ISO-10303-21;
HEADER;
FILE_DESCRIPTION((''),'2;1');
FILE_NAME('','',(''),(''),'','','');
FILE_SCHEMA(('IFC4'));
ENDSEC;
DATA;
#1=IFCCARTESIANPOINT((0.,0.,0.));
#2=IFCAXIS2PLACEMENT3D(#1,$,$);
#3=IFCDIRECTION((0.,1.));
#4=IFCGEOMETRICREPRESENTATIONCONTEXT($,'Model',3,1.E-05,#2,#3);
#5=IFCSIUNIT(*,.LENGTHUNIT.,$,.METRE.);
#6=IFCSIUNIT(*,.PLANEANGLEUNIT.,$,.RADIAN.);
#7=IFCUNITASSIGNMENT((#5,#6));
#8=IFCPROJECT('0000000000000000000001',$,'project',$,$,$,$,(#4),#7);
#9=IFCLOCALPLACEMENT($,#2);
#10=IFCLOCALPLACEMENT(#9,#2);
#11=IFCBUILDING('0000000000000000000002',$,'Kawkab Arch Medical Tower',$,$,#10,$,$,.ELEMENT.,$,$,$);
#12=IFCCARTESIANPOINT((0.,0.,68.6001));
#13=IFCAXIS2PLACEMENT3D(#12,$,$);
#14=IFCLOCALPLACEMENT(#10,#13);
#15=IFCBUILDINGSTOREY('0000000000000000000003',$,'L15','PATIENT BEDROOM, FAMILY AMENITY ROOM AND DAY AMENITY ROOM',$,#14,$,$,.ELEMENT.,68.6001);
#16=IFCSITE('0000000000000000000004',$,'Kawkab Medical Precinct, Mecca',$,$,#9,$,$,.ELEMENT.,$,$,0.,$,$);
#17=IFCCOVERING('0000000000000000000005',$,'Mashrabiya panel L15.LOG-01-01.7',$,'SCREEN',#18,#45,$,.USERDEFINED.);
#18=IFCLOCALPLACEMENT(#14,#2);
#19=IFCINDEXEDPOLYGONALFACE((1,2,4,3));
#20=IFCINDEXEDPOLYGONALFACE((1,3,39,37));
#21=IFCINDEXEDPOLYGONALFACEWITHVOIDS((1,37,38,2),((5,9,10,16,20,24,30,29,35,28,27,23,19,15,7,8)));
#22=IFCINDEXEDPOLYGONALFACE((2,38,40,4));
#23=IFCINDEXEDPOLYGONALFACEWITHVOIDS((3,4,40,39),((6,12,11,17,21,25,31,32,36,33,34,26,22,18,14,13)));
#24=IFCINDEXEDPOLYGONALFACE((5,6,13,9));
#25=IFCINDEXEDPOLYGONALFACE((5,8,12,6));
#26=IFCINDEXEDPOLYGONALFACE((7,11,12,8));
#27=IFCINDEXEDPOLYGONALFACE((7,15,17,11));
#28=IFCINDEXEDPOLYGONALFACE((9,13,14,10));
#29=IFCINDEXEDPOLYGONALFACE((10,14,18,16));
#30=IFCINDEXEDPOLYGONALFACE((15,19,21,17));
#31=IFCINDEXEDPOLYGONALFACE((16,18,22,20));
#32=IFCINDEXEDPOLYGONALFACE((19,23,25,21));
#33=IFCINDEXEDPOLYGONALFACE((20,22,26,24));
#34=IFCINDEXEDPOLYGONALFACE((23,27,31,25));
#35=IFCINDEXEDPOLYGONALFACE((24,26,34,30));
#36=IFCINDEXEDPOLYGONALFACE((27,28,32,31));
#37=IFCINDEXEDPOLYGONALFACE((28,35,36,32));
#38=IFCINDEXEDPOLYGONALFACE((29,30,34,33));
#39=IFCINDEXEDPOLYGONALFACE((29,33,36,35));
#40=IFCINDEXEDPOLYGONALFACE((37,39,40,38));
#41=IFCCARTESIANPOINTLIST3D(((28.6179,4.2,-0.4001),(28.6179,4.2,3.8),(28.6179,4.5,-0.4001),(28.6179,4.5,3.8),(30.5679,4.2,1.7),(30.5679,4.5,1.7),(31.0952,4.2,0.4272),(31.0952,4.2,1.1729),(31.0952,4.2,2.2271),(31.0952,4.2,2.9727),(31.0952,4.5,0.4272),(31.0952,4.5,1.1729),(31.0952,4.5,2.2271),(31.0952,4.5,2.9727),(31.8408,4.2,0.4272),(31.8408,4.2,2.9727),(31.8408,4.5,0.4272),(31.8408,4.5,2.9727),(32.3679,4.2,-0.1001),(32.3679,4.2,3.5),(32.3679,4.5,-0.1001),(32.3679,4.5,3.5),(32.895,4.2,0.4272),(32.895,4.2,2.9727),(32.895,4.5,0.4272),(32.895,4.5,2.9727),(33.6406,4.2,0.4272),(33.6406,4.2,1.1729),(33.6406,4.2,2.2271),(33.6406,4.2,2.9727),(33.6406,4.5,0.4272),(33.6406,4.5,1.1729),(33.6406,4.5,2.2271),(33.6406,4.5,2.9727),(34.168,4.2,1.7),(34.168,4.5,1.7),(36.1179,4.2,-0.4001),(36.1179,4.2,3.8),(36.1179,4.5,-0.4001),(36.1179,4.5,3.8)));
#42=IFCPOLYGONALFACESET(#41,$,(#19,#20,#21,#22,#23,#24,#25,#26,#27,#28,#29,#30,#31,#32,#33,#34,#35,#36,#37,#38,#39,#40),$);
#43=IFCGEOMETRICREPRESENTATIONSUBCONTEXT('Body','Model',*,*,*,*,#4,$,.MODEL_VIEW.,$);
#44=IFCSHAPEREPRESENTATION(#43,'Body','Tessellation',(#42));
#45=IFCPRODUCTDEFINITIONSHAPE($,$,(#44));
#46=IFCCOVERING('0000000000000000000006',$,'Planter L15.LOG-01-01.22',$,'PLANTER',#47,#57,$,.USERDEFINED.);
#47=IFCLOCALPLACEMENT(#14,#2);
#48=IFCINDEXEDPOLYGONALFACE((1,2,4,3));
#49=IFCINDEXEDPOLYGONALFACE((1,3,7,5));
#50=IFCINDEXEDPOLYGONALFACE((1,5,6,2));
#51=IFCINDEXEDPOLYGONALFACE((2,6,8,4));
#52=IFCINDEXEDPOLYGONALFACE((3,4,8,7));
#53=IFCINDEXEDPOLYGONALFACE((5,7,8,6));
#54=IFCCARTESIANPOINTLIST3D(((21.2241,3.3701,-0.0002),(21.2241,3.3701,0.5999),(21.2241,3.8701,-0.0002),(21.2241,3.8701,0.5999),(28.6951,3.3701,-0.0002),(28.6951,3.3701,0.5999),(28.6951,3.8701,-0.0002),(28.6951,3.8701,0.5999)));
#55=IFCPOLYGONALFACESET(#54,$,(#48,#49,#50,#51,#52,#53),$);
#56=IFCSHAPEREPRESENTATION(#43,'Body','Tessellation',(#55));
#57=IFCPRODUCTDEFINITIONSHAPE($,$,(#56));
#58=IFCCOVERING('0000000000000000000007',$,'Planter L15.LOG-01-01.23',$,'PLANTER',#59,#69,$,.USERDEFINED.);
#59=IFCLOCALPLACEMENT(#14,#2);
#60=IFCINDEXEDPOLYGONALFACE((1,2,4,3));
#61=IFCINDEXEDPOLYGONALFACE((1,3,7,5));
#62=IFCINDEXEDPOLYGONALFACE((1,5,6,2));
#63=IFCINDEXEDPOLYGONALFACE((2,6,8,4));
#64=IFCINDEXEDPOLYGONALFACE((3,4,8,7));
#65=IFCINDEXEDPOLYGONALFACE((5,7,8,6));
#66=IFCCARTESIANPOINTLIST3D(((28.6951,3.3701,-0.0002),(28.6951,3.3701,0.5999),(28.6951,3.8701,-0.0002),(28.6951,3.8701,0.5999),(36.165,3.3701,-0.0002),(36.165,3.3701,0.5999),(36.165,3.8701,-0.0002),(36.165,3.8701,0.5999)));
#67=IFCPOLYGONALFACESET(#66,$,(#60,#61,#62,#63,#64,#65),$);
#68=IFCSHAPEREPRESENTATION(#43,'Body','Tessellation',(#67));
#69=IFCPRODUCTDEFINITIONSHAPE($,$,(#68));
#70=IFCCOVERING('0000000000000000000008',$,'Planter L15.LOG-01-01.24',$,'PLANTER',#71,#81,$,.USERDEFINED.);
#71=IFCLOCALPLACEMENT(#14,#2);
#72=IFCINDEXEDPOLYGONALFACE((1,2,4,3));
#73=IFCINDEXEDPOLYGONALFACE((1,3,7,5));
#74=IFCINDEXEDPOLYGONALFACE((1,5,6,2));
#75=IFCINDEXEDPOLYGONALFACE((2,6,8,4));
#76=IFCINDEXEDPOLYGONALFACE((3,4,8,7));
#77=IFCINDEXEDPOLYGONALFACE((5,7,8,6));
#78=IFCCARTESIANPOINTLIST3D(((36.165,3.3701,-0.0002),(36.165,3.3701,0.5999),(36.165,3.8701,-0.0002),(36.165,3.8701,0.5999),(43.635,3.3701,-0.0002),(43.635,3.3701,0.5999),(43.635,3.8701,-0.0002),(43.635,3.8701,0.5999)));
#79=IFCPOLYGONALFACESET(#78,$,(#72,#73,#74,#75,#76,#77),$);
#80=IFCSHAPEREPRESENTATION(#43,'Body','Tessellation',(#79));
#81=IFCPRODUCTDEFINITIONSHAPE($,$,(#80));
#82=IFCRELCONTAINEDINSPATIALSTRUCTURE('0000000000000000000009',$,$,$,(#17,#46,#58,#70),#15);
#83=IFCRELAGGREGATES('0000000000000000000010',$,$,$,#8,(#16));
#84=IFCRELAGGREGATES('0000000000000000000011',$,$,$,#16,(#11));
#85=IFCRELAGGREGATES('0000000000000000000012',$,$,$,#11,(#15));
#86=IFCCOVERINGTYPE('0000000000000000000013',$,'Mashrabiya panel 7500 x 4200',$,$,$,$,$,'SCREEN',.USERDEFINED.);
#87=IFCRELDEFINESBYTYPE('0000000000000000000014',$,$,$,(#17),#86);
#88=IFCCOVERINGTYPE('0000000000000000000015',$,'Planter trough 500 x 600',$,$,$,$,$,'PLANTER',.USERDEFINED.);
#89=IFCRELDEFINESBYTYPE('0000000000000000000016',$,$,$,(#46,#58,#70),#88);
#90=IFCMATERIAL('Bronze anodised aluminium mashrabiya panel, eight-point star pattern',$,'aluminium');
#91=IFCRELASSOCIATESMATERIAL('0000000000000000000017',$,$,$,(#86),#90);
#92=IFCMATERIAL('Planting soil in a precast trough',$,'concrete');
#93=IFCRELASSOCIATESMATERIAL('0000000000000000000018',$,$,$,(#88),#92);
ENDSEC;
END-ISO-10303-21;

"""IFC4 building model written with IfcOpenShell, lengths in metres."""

from ifc_helpers import new_model, si_unit, direction, frame, origin, origin_2d, place, context, subcontext, project, spatial, polyline, rectangle, outline, extrude, material, material_profile, profile_set, type_object, element, save


model = new_model("IFC4")

# Units and contexts
model_context = context("Model", 3, precision=1e-05, world=origin(), true_north=direction((0.0, 1.0)))
body_context = subcontext(model_context, "Body", "Model", "MODEL_VIEW")
ifc_project = project(units=[si_unit("LENGTHUNIT", "METRE"), si_unit("PLANEANGLEUNIT", "RADIAN")], contexts=[model_context])

# Site, building, storey
site_placement = place(None, origin())
site = spatial("IfcSite", under=ifc_project, at=site_placement, Name="Kawkab Medical Precinct, Mecca", CompositionType="ELEMENT", RefElevation=0.0)
building_placement = place(site_placement, origin())
building = spatial("IfcBuilding", under=site, at=building_placement, Name="Kawkab Arch Medical Tower", CompositionType="ELEMENT")
storey_placement = place(building_placement, frame((0.0, 0.0, 68.6001)))
storey = spatial("IfcBuildingStorey", under=building, at=storey_placement, Name="L15", Description="PATIENT BEDROOM, FAMILY AMENITY ROOM AND DAY AMENITY ROOM", CompositionType="ELEMENT", Elevation=68.6001)

# Coverings
ifc_material_1 = material(Name="Bronze anodised aluminium mashrabiya panel, eight-point star pattern", Category="aluminium")
ifc_material_profile_1 = material_profile(ifc_material_1, outline(polyline([(-3.75, -2.1001), (3.75, -2.1001), (3.75, 2.1001), (-3.75, 2.1001), (-3.75, -2.1001)]), holes=[polyline([(1.8, 0.0), (1.2727, 0.5271), (1.2727, 1.2727), (0.5271, 1.2727), (0.0, 1.8), (-0.5271, 1.2727), (-1.2727, 1.2727), (-1.2727, 0.5271), (-1.8, 0.0), (-1.2727, -0.5271), (-1.2727, -1.2727), (-0.5271, -1.2727), (0.0, -1.8), (0.5271, -1.2727), (1.2727, -1.2727), (1.2727, -0.5271), (1.8, 0.0)])]), Name="Mashrabiya panel 7500x4200")
ifc_profile_set_1 = profile_set([ifc_material_profile_1], Name="Bronze anodised aluminium mashrabiya panel, eight-point star pattern")
covering_type_1 = type_object("IfcCoveringType", Name="Mashrabiya panel 7500 x 4200", ElementType="SCREEN", PredefinedType="USERDEFINED", material=ifc_profile_set_1)
covering_1_placement = place(storey_placement, frame((32.3679, 4.2, 1.7), z_axis=(0.0, 1.0, 0.0), x_axis=(-1.0, 0.0, 0.0)))
element("IfcCovering", 1, at=covering_1_placement, inside=storey, type_object=covering_type_1, Name="Mashrabiya panel L15.LOG-01-01.7", ObjectType="SCREEN", PredefinedType="USERDEFINED", context=body_context, shape_type="SweptSolid", body=[
    extrude(outline(polyline([(-3.75, -2.1001), (3.75, -2.1001), (3.75, 2.1001), (-3.75, 2.1001), (-3.75, -2.1001)]), holes=[polyline([(1.8, 0.0), (1.2727, 0.5271), (1.2727, 1.2727), (0.5271, 1.2727), (0.0, 1.8), (-0.5271, 1.2727), (-1.2727, 1.2727), (-1.2727, 0.5271), (-1.8, 0.0), (-1.2727, -0.5271), (-1.2727, -1.2727), (-0.5271, -1.2727), (0.0, -1.8), (0.5271, -1.2727), (1.2727, -1.2727), (1.2727, -0.5271), (1.8, 0.0)])]), origin(), (0.0, 0.0, 1.0), 0.3),
])
ifc_material_2 = material(Name="Planting soil in a precast trough", Category="concrete")
ifc_material_profile_2 = material_profile(ifc_material_2, rectangle(XDim=0.5, YDim=0.6001, at=origin_2d()), Name="Trough 500x600")
ifc_profile_set_2 = profile_set([ifc_material_profile_2], Name="Planting soil in a precast trough")
covering_type_2 = type_object("IfcCoveringType", Name="Planter trough 500 x 600", ElementType="PLANTER", PredefinedType="USERDEFINED", material=ifc_profile_set_2)
covering_2_placement = place(storey_placement, frame((21.2241, 3.6201, 0.2998), z_axis=(1.0, 0.0, 0.0), x_axis=(0.0, 1.0, 0.0)))
element("IfcCovering", 2, at=covering_2_placement, inside=storey, type_object=covering_type_2, Name="Planter L15.LOG-01-01.22", ObjectType="PLANTER", PredefinedType="USERDEFINED", context=body_context, shape_type="SweptSolid", body=[
    extrude(rectangle(XDim=0.5, YDim=0.6001, at=origin_2d()), origin(), (0.0, 0.0, 1.0), 7.4709),
])
for number, where, z_axis, x_axis, name in (
    (3, (28.6951, 3.6201, 0.2998), (1.0, 0.0, 0.0), (0.0, 1.0, 0.0), "Planter L15.LOG-01-01.23"),
    (4, (36.165, 3.6201, 0.2998), (1.0, 0.0, 0.0), (0.0, 1.0, 0.0), "Planter L15.LOG-01-01.24"),
):
    element("IfcCovering", number, at=place(storey_placement, frame(where, z_axis=z_axis, x_axis=x_axis)), inside=storey, type_object=covering_type_2, Name=name, ObjectType="PLANTER", PredefinedType="USERDEFINED", context=body_context, shape_type="SweptSolid", body=[
        extrude(rectangle(XDim=0.5, YDim=0.6001, at=origin_2d()), origin(), (0.0, 0.0, 1.0), 7.47),
    ])

save(model, "model.ifc")
